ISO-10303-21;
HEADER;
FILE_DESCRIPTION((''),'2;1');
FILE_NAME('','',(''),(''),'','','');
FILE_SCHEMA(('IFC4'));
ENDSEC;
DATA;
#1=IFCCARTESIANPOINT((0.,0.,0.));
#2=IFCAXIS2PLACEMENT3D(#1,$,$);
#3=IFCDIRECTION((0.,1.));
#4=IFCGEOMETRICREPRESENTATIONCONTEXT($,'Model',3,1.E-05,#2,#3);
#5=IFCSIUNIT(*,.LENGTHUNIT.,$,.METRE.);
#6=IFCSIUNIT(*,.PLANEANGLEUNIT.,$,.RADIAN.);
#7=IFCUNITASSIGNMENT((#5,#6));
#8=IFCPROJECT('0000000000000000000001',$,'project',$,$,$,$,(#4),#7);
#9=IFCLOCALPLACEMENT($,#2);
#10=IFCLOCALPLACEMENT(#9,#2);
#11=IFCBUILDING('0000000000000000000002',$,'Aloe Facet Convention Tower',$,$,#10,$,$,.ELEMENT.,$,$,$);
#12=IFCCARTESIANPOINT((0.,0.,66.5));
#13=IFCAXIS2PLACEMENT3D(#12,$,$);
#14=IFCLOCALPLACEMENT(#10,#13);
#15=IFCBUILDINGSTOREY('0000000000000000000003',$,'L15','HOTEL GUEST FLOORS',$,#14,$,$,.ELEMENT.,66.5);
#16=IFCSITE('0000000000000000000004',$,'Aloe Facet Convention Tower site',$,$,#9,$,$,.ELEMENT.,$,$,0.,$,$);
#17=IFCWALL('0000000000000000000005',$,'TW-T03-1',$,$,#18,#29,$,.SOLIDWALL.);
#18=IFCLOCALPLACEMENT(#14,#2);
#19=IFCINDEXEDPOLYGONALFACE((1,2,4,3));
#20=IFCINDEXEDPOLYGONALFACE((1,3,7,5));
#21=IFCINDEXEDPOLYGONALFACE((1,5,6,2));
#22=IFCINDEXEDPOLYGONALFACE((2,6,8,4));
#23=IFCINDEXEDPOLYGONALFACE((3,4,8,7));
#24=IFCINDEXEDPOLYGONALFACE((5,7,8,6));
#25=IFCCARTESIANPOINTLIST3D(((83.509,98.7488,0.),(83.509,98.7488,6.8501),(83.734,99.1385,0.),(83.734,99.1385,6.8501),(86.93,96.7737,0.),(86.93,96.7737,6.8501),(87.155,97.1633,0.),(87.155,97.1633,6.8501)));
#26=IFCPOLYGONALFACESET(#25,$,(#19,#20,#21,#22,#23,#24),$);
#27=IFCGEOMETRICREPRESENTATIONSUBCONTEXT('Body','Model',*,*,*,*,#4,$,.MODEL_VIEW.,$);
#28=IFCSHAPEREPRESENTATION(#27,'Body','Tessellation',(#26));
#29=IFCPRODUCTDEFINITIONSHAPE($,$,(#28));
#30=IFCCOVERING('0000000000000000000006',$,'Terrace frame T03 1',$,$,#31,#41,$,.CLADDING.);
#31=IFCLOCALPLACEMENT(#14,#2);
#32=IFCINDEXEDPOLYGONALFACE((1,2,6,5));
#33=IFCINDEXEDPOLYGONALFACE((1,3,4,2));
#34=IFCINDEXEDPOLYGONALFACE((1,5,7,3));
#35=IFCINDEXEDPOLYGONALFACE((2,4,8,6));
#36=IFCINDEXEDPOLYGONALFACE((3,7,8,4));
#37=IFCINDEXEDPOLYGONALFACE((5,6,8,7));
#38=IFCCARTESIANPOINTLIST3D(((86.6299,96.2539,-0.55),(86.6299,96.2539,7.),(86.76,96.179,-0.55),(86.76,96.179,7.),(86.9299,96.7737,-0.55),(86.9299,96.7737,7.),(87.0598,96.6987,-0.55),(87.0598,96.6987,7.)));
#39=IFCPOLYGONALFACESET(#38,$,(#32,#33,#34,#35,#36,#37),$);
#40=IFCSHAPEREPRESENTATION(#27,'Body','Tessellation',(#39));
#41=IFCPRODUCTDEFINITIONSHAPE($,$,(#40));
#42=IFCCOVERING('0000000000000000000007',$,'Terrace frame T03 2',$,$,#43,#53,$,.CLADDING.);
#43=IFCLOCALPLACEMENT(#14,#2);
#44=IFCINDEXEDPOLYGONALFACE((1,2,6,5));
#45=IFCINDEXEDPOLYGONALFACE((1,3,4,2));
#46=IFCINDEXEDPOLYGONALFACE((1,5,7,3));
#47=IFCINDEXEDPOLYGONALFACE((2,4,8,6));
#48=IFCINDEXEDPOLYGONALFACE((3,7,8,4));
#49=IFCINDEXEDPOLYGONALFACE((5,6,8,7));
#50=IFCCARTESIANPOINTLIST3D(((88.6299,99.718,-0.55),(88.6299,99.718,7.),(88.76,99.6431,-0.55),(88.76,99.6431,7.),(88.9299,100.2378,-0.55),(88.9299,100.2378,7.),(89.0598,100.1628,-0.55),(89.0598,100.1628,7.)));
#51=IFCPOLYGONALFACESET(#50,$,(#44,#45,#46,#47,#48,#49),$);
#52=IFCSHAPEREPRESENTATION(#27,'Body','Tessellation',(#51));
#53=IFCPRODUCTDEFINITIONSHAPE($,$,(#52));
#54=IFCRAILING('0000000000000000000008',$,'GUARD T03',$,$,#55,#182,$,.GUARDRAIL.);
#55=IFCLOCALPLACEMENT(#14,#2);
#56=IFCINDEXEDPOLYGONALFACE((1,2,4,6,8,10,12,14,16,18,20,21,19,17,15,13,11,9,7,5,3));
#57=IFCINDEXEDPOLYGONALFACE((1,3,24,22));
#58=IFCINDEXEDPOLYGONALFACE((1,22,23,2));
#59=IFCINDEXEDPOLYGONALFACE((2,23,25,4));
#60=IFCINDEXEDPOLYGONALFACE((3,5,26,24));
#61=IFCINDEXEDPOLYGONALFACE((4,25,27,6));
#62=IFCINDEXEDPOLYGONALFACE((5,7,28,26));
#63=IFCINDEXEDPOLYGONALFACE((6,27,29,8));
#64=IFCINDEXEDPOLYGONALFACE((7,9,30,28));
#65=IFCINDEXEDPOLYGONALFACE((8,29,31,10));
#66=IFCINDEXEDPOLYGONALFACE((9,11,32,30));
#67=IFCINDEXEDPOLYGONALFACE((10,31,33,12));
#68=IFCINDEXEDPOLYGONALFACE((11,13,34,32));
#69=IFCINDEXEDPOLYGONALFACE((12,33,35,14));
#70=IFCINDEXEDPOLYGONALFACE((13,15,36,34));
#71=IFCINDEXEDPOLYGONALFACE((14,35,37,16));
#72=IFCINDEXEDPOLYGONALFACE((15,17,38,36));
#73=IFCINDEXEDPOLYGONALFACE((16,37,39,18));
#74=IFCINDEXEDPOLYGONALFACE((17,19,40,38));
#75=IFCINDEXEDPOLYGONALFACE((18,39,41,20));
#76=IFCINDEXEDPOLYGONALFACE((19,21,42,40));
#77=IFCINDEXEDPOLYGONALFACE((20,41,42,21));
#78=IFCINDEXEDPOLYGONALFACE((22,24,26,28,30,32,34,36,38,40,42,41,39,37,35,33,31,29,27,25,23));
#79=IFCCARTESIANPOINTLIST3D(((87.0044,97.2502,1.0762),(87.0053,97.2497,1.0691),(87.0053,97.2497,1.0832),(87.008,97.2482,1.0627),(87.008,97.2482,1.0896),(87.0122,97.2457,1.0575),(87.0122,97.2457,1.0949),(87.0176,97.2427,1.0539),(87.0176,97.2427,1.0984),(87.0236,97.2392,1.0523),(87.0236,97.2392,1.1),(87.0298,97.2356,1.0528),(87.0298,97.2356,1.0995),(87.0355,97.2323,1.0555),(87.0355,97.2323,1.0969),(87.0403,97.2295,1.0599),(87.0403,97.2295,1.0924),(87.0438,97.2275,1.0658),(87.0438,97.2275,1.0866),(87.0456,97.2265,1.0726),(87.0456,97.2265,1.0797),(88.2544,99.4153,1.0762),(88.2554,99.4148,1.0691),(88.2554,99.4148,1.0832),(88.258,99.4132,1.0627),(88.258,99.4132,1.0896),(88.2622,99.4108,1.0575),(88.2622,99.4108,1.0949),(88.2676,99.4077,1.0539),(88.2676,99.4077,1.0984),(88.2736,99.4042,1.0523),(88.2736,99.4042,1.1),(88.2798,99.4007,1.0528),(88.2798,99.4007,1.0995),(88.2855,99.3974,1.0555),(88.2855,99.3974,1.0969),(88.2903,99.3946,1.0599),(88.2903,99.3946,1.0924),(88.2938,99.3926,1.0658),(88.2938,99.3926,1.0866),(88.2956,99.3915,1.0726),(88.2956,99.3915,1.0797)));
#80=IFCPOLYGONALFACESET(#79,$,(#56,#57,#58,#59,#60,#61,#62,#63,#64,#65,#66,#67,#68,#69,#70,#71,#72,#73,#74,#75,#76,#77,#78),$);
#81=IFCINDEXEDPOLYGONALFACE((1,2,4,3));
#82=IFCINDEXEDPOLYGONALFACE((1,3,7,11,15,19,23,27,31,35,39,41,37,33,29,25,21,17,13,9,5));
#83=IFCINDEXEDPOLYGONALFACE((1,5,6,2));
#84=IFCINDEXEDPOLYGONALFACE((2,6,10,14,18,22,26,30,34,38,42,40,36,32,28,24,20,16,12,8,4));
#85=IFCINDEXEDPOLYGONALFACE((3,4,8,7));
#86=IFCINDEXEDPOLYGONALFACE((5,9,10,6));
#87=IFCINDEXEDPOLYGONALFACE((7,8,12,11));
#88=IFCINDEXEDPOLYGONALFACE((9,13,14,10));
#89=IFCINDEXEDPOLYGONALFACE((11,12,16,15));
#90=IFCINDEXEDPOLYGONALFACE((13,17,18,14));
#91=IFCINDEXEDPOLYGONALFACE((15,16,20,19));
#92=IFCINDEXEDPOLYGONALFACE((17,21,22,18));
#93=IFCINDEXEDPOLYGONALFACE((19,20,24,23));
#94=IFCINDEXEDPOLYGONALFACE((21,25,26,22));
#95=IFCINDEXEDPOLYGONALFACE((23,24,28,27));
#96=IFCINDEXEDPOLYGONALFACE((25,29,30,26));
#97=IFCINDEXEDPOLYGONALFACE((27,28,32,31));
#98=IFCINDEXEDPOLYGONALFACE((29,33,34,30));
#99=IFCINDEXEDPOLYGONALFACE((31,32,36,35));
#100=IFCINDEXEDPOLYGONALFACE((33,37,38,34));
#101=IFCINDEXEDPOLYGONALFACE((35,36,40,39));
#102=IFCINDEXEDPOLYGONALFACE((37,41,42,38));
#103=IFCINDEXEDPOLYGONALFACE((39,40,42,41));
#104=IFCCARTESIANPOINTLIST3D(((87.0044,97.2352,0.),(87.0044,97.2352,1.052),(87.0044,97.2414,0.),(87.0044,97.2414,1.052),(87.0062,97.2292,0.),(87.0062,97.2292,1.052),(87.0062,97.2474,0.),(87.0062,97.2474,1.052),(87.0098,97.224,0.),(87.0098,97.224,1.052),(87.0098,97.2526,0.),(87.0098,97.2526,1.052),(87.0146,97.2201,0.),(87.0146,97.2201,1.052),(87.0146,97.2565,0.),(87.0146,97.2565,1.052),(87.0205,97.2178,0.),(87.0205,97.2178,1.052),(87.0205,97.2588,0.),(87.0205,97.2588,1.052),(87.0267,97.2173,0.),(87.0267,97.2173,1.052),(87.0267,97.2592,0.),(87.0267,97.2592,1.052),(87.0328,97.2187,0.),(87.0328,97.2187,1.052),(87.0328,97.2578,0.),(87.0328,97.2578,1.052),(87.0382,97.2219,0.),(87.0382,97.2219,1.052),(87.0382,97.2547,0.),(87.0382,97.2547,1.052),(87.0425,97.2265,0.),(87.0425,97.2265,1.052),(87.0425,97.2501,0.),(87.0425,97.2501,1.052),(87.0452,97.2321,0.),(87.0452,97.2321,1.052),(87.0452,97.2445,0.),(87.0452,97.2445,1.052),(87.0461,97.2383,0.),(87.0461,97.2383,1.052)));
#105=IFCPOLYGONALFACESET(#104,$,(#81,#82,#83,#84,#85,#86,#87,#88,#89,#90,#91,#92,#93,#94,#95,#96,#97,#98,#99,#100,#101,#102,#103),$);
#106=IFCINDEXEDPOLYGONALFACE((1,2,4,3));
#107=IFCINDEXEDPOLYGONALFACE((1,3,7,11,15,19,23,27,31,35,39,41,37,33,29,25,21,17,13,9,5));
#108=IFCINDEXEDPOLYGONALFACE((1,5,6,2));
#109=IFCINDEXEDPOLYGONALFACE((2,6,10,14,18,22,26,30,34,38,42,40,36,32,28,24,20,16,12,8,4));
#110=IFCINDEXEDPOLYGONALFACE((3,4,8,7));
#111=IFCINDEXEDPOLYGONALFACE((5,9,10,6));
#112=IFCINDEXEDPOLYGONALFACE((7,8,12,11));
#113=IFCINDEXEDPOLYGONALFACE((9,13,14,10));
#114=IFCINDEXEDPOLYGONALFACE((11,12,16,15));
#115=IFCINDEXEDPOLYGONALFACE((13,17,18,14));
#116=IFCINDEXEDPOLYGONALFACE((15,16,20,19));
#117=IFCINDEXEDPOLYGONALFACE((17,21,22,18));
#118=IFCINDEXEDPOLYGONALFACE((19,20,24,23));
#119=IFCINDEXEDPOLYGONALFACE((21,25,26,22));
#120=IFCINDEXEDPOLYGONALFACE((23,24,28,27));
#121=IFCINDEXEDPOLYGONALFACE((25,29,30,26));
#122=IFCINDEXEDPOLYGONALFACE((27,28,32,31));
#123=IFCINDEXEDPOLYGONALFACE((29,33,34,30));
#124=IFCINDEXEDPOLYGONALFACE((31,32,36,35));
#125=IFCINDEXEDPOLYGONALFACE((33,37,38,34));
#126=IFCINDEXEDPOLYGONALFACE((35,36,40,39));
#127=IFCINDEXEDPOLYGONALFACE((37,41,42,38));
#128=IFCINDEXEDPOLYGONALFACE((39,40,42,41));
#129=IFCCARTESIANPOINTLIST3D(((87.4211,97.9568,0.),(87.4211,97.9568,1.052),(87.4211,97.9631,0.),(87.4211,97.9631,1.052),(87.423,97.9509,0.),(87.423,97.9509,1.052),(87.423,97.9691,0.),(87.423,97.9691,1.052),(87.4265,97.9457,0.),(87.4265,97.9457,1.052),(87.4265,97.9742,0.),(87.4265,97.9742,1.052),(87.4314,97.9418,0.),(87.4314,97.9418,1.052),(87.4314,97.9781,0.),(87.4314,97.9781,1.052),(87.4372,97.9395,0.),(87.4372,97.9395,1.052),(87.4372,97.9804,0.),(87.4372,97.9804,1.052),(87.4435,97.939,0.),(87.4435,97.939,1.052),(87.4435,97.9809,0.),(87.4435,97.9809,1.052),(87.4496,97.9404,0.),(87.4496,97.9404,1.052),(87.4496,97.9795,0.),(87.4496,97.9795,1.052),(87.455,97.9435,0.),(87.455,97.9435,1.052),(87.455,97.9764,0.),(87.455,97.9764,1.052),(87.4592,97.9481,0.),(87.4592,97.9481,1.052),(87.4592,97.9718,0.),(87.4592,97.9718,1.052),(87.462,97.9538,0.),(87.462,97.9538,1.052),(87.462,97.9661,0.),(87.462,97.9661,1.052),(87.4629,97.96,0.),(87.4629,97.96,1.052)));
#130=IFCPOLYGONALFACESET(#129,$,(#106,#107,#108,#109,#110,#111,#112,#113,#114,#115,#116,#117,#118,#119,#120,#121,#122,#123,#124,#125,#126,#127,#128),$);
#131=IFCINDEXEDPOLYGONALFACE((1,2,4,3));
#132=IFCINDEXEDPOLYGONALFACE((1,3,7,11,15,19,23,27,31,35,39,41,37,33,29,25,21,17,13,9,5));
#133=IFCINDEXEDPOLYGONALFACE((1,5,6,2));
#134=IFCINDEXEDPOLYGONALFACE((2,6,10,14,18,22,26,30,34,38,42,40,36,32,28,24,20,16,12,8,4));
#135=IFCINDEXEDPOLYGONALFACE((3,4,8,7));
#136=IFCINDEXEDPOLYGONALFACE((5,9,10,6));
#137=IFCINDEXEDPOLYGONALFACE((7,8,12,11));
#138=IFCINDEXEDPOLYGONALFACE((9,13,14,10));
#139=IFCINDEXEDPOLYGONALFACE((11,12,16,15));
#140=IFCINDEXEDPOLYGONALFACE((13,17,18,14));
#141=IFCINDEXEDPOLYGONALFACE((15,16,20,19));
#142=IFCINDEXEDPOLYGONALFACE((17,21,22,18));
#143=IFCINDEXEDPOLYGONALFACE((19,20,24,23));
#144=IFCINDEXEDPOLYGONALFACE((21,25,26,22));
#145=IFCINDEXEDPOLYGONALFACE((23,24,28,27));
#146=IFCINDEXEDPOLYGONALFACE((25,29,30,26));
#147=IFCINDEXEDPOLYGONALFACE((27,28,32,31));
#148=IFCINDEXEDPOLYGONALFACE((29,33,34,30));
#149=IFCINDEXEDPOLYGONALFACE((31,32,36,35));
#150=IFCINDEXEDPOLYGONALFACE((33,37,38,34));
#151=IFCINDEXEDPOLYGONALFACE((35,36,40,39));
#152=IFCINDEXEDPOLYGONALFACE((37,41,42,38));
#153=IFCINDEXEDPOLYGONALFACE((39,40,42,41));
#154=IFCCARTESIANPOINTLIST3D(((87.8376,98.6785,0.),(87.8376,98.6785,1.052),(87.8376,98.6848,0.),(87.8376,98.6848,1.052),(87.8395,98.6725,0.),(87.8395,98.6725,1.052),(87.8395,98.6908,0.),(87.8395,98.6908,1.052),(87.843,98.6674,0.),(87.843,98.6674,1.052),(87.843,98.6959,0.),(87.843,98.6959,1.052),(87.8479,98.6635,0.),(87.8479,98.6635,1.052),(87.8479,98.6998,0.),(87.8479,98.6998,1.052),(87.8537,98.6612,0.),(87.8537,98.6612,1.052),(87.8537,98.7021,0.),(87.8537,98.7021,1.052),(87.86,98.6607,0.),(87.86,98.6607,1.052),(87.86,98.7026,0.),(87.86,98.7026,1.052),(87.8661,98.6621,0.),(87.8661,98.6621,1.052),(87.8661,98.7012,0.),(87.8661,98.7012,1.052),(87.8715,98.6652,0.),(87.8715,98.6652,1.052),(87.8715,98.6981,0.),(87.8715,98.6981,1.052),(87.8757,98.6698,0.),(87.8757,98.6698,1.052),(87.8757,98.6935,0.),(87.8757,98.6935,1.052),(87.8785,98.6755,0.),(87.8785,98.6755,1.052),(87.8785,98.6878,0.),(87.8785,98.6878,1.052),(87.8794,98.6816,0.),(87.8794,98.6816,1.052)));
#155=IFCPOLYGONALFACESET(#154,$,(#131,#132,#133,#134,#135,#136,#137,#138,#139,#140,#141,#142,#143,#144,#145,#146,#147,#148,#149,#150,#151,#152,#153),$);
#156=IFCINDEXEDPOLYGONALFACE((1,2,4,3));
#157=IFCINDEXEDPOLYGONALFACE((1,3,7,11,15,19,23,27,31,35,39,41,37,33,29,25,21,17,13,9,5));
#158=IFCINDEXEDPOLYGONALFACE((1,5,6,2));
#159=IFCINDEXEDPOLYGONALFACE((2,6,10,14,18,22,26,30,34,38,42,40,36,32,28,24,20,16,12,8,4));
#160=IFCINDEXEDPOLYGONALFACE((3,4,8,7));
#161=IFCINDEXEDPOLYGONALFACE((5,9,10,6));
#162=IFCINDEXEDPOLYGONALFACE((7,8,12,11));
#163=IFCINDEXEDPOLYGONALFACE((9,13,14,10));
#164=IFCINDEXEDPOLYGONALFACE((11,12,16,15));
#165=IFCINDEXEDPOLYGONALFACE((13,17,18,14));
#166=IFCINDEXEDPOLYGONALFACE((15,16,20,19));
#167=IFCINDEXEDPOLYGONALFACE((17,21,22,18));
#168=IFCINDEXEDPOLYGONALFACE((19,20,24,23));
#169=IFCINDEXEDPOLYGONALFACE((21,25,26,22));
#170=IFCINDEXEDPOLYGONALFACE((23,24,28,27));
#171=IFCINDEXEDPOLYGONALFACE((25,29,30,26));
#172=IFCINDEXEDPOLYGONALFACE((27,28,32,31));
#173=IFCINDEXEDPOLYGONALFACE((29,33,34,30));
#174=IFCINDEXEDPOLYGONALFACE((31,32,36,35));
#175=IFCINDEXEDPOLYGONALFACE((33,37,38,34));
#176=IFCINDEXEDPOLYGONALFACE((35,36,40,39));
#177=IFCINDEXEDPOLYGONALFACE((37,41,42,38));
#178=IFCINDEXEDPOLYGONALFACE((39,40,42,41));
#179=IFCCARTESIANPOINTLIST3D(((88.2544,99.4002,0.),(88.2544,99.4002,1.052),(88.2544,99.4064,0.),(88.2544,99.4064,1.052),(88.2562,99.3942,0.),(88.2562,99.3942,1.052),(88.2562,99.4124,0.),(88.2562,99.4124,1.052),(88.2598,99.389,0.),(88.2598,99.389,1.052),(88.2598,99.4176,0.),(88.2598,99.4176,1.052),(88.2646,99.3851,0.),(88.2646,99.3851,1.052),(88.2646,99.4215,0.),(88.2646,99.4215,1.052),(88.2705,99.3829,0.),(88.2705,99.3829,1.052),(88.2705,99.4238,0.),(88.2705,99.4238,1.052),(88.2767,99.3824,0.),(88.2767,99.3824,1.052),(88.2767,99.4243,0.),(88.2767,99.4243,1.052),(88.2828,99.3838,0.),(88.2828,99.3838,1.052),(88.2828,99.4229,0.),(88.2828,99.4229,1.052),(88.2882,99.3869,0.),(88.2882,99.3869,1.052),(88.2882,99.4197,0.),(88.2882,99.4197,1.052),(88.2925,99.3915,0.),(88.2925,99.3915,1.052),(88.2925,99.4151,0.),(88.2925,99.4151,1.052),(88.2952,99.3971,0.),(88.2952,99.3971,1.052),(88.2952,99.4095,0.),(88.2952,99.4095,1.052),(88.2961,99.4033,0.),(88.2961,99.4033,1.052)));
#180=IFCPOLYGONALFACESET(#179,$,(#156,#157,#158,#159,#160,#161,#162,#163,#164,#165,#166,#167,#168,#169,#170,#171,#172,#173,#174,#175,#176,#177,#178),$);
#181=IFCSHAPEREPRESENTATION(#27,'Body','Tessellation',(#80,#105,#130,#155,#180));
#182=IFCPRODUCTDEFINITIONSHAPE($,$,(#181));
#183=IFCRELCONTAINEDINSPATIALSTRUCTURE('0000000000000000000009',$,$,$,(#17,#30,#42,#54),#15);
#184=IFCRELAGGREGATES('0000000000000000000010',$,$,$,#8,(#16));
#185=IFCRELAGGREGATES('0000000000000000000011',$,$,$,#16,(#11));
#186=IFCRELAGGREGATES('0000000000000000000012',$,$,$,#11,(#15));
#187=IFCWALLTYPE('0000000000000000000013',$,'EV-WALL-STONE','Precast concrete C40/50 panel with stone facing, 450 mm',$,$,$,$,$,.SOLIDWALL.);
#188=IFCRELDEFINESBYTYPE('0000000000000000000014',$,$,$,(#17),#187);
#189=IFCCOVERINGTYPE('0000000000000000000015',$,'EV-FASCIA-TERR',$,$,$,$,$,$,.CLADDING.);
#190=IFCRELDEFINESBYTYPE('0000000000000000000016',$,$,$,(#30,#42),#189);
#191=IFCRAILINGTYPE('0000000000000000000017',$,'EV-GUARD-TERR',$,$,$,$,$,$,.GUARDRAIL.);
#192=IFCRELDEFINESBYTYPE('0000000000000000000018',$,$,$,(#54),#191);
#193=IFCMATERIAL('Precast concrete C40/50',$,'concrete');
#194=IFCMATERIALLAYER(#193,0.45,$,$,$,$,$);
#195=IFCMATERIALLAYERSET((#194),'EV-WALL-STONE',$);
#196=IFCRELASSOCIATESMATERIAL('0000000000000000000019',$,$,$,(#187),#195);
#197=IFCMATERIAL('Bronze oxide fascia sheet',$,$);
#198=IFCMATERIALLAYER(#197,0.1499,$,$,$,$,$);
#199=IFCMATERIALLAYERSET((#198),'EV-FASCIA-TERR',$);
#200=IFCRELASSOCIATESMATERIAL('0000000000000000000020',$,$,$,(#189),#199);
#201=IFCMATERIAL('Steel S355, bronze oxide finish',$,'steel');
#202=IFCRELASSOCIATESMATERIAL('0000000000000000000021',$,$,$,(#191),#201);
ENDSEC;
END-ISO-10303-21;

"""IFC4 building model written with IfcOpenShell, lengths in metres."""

from ifc_helpers import new_model, si_unit, direction, frame, frame_2d, origin, origin_2d, place, context, subcontext, project, spatial, polyline, rectangle, circle, outline, extrude, material, layer, layer_set, type_object, element, save


model = new_model("IFC4")

# Units and contexts
model_context = context("Model", 3, precision=1e-05, world=origin(), true_north=direction((0.0, 1.0)))
body_context = subcontext(model_context, "Body", "Model", "MODEL_VIEW")
ifc_project = project(units=[si_unit("LENGTHUNIT", "METRE"), si_unit("PLANEANGLEUNIT", "RADIAN")], contexts=[model_context])

# Site, building, storey
site_placement = place(None, origin())
site = spatial("IfcSite", under=ifc_project, at=site_placement, Name="Aloe Facet Convention Tower site", CompositionType="ELEMENT", RefElevation=0.0)
building_placement = place(site_placement, origin())
building = spatial("IfcBuilding", under=site, at=building_placement, Name="Aloe Facet Convention Tower", CompositionType="ELEMENT")
storey_placement = place(building_placement, frame((0.0, 0.0, 66.5)))
storey = spatial("IfcBuildingStorey", under=building, at=storey_placement, Name="L15", Description="HOTEL GUEST FLOORS", CompositionType="ELEMENT", Elevation=66.5)

# Shared definitions
ifc_material_1 = material(Name="Precast concrete C40/50", Category="concrete")
ifc_layer_1 = layer(ifc_material_1, 0.45)
ifc_layer_set_1 = layer_set([ifc_layer_1], Name="EV-WALL-STONE")
wall_type_1 = type_object("IfcWallType", Name="EV-WALL-STONE", Description="Precast concrete C40/50 panel with stone facing, 450 mm", PredefinedType="SOLIDWALL", material=ifc_layer_set_1)

# Wall
wall_1_placement = place(storey_placement, frame((87.0425, 96.9685, 0.0), z_axis=(0.0, 0.0, 1.0), x_axis=(-0.866021, 0.500008, 0.0)))
element("IfcWall", 1, at=wall_1_placement, inside=storey, type_object=wall_type_1, Name="TW-T03-1", PredefinedType="SOLIDWALL", context=body_context, shape_type="SweptSolid", body=[
    extrude(rectangle(XDim=3.9502, YDim=0.45, at=frame_2d((1.9751, 0.0))), origin(), (0.0, 0.0, 1.0), 6.8501),
])

# Coverings
ifc_material_2 = material(Name="Bronze oxide fascia sheet")
ifc_layer_2 = layer(ifc_material_2, 0.1499)
ifc_layer_set_2 = layer_set([ifc_layer_2], Name="EV-FASCIA-TERR")
covering_type = type_object("IfcCoveringType", Name="EV-FASCIA-TERR", PredefinedType="CLADDING", material=ifc_layer_set_2)
covering_1_placement = place(storey_placement, frame((0.0, 0.0, -0.55)))
element("IfcCovering", 2, at=covering_1_placement, inside=storey, type_object=covering_type, Name="Terrace frame T03 1", PredefinedType="CLADDING", context=body_context, shape_type="SweptSolid", body=[
    extrude(outline(polyline([(86.76, 96.179), (87.0598, 96.6987), (86.9299, 96.7737), (86.6299, 96.2539), (86.76, 96.179)])), origin(), (0.0, 0.0, 1.0), 7.55),
])
covering_2_placement = place(storey_placement, frame((0.0, 0.0, -0.55)))
element("IfcCovering", 3, at=covering_2_placement, inside=storey, type_object=covering_type, Name="Terrace frame T03 2", PredefinedType="CLADDING", context=body_context, shape_type="SweptSolid", body=[
    extrude(outline(polyline([(88.76, 99.6431), (89.0598, 100.1628), (88.9299, 100.2378), (88.6299, 99.718), (88.76, 99.6431)])), origin(), (0.0, 0.0, 1.0), 7.55),
])

# Railing
ifc_material_3 = material(Name="Steel S355, bronze oxide finish", Category="steel")
railing_type = type_object("IfcRailingType", Name="EV-GUARD-TERR", PredefinedType="GUARDRAIL", material=ifc_material_3)
railing_placement = place(storey_placement, frame((87.0251, 97.2383, 0.0)))
element("IfcRailing", 4, at=railing_placement, inside=storey, type_object=railing_type, Name="GUARD T03", PredefinedType="GUARDRAIL", context=body_context, shape_type="SweptSolid", body=[
    extrude(circle(Radius=0.0239, at=origin_2d()), frame((0.0, 0.0, 1.0762), z_axis=(0.500004, 0.866023, 0.0), x_axis=(-0.866023, 0.500004, 0.0)), (0.0, 0.0, 1.0), 2.5),
    extrude(circle(Radius=0.021, at=origin_2d()), origin(), (0.0, 0.0, 1.0), 1.052),
    extrude(circle(Radius=0.021, at=origin_2d()), frame((0.4167, 0.7217, 0.0)), (0.0, 0.0, 1.0), 1.052),
    extrude(circle(Radius=0.021, at=origin_2d()), frame((0.8333, 1.4434, 0.0)), (0.0, 0.0, 1.0), 1.052),
    extrude(circle(Radius=0.021, at=origin_2d()), frame((1.25, 2.165, 0.0)), (0.0, 0.0, 1.0), 1.052),
])

save(model, "model.ifc")
